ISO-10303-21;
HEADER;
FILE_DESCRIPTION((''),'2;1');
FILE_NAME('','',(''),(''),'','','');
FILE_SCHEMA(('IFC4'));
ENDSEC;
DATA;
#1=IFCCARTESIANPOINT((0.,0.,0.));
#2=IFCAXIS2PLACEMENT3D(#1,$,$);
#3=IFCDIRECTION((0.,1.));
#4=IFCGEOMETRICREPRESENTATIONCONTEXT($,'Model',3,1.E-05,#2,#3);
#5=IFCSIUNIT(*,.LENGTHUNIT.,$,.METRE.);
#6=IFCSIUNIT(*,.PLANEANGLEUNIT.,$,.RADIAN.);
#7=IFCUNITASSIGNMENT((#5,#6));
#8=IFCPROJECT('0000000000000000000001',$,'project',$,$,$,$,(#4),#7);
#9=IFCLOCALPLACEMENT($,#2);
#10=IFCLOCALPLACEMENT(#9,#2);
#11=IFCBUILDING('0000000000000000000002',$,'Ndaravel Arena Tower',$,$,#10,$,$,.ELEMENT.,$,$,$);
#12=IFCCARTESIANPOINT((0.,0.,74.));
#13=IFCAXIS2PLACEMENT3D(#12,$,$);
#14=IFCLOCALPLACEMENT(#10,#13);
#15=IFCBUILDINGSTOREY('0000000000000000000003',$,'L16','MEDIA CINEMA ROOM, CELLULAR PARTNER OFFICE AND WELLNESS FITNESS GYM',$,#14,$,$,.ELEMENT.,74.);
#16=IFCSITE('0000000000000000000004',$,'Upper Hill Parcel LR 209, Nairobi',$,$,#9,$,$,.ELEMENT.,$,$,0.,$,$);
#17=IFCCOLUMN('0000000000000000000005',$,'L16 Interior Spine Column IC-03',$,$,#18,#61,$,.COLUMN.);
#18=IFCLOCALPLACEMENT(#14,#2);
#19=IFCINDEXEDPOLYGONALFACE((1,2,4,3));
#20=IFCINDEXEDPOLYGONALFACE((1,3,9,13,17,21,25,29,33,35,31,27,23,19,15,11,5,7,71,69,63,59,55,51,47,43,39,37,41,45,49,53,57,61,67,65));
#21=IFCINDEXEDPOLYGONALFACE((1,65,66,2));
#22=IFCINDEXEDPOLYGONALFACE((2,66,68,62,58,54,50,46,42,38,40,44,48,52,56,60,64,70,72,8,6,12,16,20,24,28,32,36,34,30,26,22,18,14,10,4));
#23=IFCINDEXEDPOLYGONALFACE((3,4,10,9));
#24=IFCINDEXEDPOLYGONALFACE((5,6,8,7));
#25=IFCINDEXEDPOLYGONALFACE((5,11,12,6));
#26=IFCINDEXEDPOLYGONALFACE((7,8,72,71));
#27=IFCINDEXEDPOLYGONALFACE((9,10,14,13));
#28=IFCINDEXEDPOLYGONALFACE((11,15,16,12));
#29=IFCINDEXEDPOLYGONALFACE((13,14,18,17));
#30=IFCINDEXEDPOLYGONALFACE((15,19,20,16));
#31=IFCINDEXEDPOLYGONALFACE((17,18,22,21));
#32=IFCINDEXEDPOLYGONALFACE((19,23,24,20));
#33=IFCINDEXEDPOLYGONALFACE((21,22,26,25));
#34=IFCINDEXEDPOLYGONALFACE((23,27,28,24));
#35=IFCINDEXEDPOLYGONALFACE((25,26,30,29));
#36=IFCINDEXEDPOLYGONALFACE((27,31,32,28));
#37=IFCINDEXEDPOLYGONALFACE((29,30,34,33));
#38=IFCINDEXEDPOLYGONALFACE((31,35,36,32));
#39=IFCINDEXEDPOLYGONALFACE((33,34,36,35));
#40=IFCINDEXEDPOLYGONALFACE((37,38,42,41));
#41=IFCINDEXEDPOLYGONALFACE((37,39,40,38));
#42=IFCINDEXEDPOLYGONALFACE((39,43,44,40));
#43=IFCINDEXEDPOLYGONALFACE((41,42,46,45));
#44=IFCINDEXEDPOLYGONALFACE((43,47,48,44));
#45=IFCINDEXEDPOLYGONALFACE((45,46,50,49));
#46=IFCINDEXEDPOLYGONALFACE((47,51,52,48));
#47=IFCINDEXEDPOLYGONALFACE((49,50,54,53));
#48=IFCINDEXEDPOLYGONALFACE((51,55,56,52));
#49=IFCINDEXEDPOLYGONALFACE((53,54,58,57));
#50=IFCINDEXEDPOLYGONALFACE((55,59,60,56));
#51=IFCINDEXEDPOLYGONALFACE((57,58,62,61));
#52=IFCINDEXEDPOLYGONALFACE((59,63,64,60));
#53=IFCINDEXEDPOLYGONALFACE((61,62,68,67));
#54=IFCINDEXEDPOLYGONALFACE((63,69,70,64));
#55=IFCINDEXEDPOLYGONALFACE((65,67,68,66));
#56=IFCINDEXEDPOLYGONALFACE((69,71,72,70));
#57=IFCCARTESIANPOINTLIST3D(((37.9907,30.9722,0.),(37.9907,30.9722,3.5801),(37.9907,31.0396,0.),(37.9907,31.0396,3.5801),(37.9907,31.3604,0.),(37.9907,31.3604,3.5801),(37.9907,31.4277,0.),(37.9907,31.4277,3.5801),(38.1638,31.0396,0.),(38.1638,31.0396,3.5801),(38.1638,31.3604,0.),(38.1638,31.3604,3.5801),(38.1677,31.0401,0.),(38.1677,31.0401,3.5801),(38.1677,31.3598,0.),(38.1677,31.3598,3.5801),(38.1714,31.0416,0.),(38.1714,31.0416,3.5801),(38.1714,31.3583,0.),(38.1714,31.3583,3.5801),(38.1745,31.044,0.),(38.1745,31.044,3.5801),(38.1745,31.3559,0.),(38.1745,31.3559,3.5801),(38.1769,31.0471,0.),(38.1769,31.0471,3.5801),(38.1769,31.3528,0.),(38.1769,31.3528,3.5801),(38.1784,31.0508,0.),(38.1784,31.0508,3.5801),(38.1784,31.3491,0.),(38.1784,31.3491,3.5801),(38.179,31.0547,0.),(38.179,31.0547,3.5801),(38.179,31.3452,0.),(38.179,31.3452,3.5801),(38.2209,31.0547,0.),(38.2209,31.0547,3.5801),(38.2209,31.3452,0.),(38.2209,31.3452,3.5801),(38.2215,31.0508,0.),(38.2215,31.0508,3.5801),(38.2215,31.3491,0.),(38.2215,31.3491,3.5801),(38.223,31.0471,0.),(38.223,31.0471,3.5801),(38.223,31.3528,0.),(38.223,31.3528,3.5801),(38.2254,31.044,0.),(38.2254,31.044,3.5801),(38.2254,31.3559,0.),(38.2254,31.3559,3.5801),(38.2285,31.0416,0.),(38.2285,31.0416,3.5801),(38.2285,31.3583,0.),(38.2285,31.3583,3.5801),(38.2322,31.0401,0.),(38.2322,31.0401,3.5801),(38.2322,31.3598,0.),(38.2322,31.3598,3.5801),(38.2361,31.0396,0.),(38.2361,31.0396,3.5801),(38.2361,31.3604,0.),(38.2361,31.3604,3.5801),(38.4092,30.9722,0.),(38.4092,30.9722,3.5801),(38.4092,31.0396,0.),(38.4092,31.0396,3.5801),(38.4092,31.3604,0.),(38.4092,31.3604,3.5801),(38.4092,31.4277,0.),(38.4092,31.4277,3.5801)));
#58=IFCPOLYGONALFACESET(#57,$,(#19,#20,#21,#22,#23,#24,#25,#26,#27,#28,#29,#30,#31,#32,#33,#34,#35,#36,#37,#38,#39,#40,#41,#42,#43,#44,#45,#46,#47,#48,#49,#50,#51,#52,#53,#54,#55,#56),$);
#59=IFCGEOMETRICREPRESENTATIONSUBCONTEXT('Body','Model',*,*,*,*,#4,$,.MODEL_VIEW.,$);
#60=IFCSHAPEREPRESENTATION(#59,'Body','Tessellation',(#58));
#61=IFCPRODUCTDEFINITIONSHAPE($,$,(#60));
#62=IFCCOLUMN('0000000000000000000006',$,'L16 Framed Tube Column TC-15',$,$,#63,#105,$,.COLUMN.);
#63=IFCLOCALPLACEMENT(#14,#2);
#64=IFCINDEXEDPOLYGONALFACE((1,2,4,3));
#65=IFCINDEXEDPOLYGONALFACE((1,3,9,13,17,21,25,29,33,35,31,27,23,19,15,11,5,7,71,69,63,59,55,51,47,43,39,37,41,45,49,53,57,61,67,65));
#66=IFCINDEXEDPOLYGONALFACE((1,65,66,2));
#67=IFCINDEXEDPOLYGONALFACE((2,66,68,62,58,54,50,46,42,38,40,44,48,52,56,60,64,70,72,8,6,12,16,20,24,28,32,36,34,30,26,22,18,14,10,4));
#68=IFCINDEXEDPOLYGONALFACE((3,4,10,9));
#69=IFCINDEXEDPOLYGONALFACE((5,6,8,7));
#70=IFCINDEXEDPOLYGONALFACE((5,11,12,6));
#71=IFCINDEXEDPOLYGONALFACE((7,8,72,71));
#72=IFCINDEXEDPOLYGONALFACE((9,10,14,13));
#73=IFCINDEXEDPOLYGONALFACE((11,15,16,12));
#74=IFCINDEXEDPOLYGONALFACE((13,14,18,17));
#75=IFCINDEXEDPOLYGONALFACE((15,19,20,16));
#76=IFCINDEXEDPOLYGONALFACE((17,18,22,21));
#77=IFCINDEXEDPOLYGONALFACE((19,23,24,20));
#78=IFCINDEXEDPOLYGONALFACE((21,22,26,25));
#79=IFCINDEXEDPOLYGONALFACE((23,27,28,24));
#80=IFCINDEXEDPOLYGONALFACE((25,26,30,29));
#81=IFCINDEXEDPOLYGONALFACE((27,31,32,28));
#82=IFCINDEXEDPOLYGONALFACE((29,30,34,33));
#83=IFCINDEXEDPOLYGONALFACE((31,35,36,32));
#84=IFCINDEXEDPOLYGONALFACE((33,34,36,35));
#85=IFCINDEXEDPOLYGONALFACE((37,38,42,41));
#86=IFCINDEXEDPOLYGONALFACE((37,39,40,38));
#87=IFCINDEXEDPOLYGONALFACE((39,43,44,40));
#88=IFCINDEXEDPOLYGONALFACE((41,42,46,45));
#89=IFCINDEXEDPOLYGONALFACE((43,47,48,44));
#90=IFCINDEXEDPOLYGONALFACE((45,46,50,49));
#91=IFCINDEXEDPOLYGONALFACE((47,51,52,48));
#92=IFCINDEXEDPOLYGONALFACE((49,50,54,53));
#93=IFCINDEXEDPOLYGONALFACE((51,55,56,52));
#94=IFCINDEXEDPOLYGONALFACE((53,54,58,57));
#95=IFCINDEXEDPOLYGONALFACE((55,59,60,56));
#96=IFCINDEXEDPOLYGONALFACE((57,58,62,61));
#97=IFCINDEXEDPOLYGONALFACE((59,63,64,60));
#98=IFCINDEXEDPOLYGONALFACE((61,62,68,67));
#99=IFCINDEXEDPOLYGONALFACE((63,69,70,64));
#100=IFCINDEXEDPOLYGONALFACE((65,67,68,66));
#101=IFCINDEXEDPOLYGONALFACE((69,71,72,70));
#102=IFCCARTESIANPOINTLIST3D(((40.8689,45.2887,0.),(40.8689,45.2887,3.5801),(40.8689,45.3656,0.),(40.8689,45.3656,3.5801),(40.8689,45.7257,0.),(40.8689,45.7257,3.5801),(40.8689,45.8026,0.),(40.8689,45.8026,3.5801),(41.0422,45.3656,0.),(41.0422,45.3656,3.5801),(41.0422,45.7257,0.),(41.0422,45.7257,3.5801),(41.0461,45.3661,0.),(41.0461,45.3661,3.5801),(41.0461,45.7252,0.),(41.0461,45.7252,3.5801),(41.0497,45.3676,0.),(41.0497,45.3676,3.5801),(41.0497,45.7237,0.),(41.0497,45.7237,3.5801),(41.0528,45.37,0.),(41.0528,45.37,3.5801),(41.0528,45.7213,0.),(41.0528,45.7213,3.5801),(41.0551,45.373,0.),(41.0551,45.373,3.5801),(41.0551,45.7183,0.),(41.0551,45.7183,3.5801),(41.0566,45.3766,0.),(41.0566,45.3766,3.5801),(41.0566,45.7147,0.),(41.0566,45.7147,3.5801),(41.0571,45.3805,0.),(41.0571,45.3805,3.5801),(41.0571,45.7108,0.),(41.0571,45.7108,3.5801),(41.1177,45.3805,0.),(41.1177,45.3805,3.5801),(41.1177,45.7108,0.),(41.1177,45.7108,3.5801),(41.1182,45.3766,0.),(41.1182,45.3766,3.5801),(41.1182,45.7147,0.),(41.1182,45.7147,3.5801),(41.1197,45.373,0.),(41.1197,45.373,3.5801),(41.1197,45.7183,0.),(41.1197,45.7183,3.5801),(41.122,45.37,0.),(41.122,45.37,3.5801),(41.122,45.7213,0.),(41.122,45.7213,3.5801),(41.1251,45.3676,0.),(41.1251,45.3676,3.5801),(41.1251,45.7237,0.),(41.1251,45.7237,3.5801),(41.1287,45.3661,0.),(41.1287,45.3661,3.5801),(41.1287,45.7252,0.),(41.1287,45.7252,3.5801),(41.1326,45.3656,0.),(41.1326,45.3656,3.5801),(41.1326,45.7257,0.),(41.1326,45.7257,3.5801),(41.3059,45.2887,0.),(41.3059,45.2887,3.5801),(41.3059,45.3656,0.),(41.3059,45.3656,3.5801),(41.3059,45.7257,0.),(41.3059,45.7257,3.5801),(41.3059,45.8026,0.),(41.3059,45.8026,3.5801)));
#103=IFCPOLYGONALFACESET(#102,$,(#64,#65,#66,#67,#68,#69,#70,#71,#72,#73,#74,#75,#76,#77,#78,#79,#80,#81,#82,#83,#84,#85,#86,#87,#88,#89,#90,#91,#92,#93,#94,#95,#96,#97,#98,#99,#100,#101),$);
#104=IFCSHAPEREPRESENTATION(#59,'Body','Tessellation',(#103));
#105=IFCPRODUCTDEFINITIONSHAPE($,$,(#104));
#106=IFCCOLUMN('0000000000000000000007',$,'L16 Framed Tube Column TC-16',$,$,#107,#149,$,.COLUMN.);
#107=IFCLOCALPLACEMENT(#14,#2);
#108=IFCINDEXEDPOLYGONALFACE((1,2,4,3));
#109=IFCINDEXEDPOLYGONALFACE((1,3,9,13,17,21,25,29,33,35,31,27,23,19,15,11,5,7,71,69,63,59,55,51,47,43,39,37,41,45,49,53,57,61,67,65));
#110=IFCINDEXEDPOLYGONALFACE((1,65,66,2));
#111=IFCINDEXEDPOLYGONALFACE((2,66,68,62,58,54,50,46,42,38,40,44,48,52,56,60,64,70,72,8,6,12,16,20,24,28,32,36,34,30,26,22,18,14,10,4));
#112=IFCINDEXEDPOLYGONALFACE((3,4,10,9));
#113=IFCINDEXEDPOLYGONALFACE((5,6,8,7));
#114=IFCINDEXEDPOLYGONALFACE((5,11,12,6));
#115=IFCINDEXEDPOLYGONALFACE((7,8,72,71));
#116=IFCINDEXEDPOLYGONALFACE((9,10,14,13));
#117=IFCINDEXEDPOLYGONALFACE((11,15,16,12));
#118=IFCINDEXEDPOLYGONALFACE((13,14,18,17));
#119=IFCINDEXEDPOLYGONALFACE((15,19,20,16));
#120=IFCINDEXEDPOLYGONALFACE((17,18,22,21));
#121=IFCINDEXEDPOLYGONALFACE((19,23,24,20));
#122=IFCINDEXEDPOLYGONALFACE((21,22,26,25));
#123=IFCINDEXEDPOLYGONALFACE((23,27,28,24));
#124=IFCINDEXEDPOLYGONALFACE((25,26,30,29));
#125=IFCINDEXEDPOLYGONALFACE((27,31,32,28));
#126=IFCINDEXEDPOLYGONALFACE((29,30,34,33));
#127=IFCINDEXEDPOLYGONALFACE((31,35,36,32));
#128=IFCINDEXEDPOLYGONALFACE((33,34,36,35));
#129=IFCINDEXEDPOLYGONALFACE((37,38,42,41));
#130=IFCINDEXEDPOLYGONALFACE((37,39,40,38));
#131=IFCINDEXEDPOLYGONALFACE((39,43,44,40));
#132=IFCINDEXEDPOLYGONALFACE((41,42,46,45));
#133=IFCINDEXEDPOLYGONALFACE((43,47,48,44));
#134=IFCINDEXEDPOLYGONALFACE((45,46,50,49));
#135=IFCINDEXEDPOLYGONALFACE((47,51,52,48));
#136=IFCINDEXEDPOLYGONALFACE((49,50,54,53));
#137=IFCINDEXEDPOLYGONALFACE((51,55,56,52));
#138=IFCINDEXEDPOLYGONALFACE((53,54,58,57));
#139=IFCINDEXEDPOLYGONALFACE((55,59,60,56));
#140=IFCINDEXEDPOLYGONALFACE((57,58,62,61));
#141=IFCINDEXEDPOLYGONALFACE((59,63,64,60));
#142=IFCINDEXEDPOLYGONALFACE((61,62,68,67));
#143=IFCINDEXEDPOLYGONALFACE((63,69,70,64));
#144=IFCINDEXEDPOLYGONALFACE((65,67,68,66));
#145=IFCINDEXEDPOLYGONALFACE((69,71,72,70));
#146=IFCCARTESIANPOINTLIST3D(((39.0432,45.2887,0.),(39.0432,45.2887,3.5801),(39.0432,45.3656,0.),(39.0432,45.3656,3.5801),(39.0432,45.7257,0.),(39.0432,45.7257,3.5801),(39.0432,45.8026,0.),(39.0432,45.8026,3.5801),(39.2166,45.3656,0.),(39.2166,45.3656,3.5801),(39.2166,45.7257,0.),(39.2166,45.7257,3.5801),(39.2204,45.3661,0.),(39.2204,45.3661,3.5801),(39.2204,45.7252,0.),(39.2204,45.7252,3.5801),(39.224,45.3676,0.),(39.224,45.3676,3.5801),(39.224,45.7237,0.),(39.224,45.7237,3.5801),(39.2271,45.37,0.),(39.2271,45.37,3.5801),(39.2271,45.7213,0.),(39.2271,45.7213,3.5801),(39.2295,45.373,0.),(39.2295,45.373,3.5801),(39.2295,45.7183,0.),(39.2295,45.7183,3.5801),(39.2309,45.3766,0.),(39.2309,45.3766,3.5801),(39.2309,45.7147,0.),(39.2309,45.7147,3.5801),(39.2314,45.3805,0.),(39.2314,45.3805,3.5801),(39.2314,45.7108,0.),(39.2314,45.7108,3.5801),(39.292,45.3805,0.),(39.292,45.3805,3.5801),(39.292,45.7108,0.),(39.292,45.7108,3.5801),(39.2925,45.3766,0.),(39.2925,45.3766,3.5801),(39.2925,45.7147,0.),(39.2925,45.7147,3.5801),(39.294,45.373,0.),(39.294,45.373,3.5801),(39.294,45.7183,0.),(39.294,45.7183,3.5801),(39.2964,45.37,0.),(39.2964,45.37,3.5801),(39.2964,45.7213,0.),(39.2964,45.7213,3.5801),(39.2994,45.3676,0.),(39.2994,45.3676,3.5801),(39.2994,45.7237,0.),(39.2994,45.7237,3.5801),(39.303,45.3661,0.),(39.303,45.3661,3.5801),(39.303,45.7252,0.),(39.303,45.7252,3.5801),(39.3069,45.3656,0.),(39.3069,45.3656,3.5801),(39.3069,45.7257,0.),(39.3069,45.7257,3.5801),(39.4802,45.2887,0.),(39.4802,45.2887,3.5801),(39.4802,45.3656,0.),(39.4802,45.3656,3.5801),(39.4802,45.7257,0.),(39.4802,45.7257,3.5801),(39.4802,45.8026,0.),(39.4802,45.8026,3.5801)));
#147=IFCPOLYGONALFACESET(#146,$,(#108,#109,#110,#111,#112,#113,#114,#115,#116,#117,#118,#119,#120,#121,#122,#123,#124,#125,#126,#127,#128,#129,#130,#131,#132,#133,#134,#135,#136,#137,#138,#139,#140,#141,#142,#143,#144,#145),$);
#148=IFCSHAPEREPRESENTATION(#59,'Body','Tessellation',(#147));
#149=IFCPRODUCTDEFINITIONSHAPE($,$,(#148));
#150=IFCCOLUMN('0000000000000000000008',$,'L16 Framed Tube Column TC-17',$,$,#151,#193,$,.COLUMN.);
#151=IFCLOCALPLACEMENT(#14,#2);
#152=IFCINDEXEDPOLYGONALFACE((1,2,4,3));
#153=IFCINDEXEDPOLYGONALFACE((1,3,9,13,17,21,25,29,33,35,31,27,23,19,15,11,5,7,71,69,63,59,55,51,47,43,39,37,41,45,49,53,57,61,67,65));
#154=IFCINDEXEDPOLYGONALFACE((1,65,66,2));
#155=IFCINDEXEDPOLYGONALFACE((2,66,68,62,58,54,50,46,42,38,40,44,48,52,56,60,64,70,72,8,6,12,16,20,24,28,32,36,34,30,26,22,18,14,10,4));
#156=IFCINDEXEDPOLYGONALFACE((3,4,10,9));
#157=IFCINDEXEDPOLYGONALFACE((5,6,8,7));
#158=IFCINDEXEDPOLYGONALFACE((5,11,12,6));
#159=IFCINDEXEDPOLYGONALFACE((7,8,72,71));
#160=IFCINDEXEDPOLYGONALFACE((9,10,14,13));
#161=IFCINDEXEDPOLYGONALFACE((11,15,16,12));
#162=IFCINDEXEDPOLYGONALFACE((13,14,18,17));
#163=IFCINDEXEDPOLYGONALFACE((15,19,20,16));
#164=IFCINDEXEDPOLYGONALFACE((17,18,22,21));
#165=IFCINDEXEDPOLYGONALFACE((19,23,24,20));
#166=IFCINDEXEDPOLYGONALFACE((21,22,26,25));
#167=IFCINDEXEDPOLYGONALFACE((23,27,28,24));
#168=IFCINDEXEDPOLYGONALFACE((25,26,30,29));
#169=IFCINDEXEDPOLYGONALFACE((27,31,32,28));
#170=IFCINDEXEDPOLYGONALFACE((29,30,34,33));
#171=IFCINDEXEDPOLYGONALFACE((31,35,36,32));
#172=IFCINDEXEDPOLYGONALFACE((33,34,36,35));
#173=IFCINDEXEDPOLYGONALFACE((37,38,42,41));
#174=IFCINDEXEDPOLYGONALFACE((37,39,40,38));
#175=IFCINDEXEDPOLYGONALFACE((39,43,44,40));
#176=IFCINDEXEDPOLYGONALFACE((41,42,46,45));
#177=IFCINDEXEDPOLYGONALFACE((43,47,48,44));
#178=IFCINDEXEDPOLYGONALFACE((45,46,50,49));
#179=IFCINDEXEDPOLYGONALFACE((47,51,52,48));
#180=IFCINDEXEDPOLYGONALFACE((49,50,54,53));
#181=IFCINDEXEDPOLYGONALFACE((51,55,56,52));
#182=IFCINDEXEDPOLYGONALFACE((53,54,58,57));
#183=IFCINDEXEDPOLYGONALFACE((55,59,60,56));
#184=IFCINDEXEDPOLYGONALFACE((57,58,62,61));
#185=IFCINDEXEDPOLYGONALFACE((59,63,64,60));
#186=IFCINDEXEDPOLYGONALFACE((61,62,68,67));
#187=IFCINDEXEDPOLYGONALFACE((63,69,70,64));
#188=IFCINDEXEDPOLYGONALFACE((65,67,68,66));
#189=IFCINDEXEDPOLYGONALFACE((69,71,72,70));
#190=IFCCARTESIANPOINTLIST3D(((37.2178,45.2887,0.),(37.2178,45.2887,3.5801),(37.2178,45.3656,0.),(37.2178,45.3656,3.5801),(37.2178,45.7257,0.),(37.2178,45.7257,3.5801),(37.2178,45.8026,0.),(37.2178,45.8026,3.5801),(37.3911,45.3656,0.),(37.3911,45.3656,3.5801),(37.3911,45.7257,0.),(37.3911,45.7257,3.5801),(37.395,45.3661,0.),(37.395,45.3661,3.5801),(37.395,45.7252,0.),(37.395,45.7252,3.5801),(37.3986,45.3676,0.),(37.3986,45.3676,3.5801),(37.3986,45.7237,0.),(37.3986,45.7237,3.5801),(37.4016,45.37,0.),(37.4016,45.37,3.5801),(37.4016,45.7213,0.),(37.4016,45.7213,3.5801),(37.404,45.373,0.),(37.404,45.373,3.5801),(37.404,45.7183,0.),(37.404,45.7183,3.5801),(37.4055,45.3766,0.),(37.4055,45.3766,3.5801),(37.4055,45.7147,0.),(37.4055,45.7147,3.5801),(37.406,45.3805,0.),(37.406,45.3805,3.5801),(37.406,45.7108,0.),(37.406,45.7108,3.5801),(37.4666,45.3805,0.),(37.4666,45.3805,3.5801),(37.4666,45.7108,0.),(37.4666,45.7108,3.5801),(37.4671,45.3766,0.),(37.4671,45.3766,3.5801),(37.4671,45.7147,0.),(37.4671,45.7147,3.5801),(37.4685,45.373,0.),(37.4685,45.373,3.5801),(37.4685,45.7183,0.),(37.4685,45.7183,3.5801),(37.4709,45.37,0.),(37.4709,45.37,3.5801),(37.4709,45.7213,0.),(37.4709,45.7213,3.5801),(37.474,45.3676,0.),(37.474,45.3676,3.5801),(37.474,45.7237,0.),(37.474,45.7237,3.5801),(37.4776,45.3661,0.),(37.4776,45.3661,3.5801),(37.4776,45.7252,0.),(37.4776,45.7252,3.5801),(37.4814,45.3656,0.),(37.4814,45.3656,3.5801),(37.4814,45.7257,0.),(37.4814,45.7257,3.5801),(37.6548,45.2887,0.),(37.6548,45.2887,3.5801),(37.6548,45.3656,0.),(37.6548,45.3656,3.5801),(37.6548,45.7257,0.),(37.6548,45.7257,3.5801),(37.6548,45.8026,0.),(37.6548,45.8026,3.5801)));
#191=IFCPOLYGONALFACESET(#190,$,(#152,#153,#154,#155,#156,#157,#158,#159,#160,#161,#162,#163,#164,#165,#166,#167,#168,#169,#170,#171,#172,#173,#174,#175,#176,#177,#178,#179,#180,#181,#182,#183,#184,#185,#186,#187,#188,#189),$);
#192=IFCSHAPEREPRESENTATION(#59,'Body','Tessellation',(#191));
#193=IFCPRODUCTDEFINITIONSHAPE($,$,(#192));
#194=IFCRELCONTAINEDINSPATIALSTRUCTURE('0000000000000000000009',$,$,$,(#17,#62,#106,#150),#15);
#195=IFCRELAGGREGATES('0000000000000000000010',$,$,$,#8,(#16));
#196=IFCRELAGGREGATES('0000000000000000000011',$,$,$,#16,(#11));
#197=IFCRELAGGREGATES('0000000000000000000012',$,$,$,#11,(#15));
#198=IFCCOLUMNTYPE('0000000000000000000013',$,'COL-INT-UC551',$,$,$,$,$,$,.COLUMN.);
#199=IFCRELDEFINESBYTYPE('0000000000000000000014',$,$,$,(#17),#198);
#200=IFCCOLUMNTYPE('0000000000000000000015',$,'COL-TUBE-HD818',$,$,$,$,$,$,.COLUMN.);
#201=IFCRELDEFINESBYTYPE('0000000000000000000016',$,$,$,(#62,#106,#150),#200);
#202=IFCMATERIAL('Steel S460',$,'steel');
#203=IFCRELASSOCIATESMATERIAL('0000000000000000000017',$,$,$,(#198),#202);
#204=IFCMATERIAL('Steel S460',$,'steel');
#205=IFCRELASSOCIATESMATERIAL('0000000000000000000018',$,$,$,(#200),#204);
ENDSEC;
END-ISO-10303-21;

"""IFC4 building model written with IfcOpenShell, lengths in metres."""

from ifc_helpers import new_model, si_unit, direction, frame, origin, origin_2d, place, context, subcontext, project, spatial, i_section, extrude, material, material_profile, profile_set, type_object, element, save


model = new_model("IFC4")

# Units and contexts
model_context = context("Model", 3, precision=1e-05, world=origin(), true_north=direction((0.0, 1.0)))
body_context = subcontext(model_context, "Body", "Model", "MODEL_VIEW")
ifc_project = project(units=[si_unit("LENGTHUNIT", "METRE"), si_unit("PLANEANGLEUNIT", "RADIAN")], contexts=[model_context])

# Site, building, storey
site_placement = place(None, origin())
site = spatial("IfcSite", under=ifc_project, at=site_placement, Name="Upper Hill Parcel LR 209, Nairobi", CompositionType="ELEMENT", RefElevation=0.0)
building_placement = place(site_placement, origin())
building = spatial("IfcBuilding", under=site, at=building_placement, Name="Ndaravel Arena Tower", CompositionType="ELEMENT")
storey_placement = place(building_placement, frame((0.0, 0.0, 74.0)))
storey = spatial("IfcBuildingStorey", under=building, at=storey_placement, Name="L16", Description="MEDIA CINEMA ROOM, CELLULAR PARTNER OFFICE AND WELLNESS FITNESS GYM", CompositionType="ELEMENT", Elevation=74.0)

# Columns
ifc_material_1 = material(Name="Steel S460", Category="steel")
ifc_material_profile_1 = material_profile(ifc_material_1, i_section(OverallWidth=0.4185, OverallDepth=0.4556, WebThickness=0.042, FlangeThickness=0.0674, FilletRadius=0.0151, at=origin_2d()), Name="UC 356x406x551")
ifc_profile_set_1 = profile_set([ifc_material_profile_1], Name="Steel S460")
column_type_1 = type_object("IfcColumnType", Name="COL-INT-UC551", PredefinedType="COLUMN", material=ifc_profile_set_1)
column_placement = place(storey_placement, frame((38.2, 31.2, 0.0), z_axis=(0.0, 0.0, 1.0), x_axis=(1.0, 0.0, 0.0)))
element("IfcColumn", 1, at=column_placement, inside=storey, type_object=column_type_1, Name="L16 Interior Spine Column IC-03", PredefinedType="COLUMN", context=body_context, shape_type="SweptSolid", body=[
    extrude(i_section(OverallWidth=0.4185, OverallDepth=0.4556, WebThickness=0.042, FlangeThickness=0.0674, FilletRadius=0.0151, at=origin_2d()), origin(), (0.0, 0.0, 1.0), 3.5801),
])
ifc_material_2 = material(Name="Steel S460", Category="steel")
ifc_material_profile_2 = material_profile(ifc_material_2, i_section(OverallWidth=0.437, OverallDepth=0.5139, WebThickness=0.0605, FlangeThickness=0.0769, FilletRadius=0.0149, at=origin_2d()), Name="HD 400x818")
ifc_profile_set_2 = profile_set([ifc_material_profile_2], Name="Steel S460")
column_type_2 = type_object("IfcColumnType", Name="COL-TUBE-HD818", PredefinedType="COLUMN", material=ifc_profile_set_2)
for number, where, z_axis, x_axis, name in (
    (2, (41.0874, 45.5457, 0.0), (0.0, 0.0, 1.0), (1.0, 0.0, 0.0), "L16 Framed Tube Column TC-15"),
    (3, (39.2617, 45.5457, 0.0), (0.0, 0.0, 1.0), (1.0, 0.0, 0.0), "L16 Framed Tube Column TC-16"),
    (4, (37.4363, 45.5457, 0.0), (0.0, 0.0, 1.0), (1.0, 0.0, 0.0), "L16 Framed Tube Column TC-17"),
):
    element("IfcColumn", number, at=place(storey_placement, frame(where, z_axis=z_axis, x_axis=x_axis)), inside=storey, type_object=column_type_2, Name=name, PredefinedType="COLUMN", context=body_context, shape_type="SweptSolid", body=[
        extrude(i_section(OverallWidth=0.437, OverallDepth=0.5139, WebThickness=0.0605, FlangeThickness=0.0769, FilletRadius=0.0149, at=origin_2d()), origin(), (0.0, 0.0, 1.0), 3.5801),
    ])

save(model, "model.ifc")
